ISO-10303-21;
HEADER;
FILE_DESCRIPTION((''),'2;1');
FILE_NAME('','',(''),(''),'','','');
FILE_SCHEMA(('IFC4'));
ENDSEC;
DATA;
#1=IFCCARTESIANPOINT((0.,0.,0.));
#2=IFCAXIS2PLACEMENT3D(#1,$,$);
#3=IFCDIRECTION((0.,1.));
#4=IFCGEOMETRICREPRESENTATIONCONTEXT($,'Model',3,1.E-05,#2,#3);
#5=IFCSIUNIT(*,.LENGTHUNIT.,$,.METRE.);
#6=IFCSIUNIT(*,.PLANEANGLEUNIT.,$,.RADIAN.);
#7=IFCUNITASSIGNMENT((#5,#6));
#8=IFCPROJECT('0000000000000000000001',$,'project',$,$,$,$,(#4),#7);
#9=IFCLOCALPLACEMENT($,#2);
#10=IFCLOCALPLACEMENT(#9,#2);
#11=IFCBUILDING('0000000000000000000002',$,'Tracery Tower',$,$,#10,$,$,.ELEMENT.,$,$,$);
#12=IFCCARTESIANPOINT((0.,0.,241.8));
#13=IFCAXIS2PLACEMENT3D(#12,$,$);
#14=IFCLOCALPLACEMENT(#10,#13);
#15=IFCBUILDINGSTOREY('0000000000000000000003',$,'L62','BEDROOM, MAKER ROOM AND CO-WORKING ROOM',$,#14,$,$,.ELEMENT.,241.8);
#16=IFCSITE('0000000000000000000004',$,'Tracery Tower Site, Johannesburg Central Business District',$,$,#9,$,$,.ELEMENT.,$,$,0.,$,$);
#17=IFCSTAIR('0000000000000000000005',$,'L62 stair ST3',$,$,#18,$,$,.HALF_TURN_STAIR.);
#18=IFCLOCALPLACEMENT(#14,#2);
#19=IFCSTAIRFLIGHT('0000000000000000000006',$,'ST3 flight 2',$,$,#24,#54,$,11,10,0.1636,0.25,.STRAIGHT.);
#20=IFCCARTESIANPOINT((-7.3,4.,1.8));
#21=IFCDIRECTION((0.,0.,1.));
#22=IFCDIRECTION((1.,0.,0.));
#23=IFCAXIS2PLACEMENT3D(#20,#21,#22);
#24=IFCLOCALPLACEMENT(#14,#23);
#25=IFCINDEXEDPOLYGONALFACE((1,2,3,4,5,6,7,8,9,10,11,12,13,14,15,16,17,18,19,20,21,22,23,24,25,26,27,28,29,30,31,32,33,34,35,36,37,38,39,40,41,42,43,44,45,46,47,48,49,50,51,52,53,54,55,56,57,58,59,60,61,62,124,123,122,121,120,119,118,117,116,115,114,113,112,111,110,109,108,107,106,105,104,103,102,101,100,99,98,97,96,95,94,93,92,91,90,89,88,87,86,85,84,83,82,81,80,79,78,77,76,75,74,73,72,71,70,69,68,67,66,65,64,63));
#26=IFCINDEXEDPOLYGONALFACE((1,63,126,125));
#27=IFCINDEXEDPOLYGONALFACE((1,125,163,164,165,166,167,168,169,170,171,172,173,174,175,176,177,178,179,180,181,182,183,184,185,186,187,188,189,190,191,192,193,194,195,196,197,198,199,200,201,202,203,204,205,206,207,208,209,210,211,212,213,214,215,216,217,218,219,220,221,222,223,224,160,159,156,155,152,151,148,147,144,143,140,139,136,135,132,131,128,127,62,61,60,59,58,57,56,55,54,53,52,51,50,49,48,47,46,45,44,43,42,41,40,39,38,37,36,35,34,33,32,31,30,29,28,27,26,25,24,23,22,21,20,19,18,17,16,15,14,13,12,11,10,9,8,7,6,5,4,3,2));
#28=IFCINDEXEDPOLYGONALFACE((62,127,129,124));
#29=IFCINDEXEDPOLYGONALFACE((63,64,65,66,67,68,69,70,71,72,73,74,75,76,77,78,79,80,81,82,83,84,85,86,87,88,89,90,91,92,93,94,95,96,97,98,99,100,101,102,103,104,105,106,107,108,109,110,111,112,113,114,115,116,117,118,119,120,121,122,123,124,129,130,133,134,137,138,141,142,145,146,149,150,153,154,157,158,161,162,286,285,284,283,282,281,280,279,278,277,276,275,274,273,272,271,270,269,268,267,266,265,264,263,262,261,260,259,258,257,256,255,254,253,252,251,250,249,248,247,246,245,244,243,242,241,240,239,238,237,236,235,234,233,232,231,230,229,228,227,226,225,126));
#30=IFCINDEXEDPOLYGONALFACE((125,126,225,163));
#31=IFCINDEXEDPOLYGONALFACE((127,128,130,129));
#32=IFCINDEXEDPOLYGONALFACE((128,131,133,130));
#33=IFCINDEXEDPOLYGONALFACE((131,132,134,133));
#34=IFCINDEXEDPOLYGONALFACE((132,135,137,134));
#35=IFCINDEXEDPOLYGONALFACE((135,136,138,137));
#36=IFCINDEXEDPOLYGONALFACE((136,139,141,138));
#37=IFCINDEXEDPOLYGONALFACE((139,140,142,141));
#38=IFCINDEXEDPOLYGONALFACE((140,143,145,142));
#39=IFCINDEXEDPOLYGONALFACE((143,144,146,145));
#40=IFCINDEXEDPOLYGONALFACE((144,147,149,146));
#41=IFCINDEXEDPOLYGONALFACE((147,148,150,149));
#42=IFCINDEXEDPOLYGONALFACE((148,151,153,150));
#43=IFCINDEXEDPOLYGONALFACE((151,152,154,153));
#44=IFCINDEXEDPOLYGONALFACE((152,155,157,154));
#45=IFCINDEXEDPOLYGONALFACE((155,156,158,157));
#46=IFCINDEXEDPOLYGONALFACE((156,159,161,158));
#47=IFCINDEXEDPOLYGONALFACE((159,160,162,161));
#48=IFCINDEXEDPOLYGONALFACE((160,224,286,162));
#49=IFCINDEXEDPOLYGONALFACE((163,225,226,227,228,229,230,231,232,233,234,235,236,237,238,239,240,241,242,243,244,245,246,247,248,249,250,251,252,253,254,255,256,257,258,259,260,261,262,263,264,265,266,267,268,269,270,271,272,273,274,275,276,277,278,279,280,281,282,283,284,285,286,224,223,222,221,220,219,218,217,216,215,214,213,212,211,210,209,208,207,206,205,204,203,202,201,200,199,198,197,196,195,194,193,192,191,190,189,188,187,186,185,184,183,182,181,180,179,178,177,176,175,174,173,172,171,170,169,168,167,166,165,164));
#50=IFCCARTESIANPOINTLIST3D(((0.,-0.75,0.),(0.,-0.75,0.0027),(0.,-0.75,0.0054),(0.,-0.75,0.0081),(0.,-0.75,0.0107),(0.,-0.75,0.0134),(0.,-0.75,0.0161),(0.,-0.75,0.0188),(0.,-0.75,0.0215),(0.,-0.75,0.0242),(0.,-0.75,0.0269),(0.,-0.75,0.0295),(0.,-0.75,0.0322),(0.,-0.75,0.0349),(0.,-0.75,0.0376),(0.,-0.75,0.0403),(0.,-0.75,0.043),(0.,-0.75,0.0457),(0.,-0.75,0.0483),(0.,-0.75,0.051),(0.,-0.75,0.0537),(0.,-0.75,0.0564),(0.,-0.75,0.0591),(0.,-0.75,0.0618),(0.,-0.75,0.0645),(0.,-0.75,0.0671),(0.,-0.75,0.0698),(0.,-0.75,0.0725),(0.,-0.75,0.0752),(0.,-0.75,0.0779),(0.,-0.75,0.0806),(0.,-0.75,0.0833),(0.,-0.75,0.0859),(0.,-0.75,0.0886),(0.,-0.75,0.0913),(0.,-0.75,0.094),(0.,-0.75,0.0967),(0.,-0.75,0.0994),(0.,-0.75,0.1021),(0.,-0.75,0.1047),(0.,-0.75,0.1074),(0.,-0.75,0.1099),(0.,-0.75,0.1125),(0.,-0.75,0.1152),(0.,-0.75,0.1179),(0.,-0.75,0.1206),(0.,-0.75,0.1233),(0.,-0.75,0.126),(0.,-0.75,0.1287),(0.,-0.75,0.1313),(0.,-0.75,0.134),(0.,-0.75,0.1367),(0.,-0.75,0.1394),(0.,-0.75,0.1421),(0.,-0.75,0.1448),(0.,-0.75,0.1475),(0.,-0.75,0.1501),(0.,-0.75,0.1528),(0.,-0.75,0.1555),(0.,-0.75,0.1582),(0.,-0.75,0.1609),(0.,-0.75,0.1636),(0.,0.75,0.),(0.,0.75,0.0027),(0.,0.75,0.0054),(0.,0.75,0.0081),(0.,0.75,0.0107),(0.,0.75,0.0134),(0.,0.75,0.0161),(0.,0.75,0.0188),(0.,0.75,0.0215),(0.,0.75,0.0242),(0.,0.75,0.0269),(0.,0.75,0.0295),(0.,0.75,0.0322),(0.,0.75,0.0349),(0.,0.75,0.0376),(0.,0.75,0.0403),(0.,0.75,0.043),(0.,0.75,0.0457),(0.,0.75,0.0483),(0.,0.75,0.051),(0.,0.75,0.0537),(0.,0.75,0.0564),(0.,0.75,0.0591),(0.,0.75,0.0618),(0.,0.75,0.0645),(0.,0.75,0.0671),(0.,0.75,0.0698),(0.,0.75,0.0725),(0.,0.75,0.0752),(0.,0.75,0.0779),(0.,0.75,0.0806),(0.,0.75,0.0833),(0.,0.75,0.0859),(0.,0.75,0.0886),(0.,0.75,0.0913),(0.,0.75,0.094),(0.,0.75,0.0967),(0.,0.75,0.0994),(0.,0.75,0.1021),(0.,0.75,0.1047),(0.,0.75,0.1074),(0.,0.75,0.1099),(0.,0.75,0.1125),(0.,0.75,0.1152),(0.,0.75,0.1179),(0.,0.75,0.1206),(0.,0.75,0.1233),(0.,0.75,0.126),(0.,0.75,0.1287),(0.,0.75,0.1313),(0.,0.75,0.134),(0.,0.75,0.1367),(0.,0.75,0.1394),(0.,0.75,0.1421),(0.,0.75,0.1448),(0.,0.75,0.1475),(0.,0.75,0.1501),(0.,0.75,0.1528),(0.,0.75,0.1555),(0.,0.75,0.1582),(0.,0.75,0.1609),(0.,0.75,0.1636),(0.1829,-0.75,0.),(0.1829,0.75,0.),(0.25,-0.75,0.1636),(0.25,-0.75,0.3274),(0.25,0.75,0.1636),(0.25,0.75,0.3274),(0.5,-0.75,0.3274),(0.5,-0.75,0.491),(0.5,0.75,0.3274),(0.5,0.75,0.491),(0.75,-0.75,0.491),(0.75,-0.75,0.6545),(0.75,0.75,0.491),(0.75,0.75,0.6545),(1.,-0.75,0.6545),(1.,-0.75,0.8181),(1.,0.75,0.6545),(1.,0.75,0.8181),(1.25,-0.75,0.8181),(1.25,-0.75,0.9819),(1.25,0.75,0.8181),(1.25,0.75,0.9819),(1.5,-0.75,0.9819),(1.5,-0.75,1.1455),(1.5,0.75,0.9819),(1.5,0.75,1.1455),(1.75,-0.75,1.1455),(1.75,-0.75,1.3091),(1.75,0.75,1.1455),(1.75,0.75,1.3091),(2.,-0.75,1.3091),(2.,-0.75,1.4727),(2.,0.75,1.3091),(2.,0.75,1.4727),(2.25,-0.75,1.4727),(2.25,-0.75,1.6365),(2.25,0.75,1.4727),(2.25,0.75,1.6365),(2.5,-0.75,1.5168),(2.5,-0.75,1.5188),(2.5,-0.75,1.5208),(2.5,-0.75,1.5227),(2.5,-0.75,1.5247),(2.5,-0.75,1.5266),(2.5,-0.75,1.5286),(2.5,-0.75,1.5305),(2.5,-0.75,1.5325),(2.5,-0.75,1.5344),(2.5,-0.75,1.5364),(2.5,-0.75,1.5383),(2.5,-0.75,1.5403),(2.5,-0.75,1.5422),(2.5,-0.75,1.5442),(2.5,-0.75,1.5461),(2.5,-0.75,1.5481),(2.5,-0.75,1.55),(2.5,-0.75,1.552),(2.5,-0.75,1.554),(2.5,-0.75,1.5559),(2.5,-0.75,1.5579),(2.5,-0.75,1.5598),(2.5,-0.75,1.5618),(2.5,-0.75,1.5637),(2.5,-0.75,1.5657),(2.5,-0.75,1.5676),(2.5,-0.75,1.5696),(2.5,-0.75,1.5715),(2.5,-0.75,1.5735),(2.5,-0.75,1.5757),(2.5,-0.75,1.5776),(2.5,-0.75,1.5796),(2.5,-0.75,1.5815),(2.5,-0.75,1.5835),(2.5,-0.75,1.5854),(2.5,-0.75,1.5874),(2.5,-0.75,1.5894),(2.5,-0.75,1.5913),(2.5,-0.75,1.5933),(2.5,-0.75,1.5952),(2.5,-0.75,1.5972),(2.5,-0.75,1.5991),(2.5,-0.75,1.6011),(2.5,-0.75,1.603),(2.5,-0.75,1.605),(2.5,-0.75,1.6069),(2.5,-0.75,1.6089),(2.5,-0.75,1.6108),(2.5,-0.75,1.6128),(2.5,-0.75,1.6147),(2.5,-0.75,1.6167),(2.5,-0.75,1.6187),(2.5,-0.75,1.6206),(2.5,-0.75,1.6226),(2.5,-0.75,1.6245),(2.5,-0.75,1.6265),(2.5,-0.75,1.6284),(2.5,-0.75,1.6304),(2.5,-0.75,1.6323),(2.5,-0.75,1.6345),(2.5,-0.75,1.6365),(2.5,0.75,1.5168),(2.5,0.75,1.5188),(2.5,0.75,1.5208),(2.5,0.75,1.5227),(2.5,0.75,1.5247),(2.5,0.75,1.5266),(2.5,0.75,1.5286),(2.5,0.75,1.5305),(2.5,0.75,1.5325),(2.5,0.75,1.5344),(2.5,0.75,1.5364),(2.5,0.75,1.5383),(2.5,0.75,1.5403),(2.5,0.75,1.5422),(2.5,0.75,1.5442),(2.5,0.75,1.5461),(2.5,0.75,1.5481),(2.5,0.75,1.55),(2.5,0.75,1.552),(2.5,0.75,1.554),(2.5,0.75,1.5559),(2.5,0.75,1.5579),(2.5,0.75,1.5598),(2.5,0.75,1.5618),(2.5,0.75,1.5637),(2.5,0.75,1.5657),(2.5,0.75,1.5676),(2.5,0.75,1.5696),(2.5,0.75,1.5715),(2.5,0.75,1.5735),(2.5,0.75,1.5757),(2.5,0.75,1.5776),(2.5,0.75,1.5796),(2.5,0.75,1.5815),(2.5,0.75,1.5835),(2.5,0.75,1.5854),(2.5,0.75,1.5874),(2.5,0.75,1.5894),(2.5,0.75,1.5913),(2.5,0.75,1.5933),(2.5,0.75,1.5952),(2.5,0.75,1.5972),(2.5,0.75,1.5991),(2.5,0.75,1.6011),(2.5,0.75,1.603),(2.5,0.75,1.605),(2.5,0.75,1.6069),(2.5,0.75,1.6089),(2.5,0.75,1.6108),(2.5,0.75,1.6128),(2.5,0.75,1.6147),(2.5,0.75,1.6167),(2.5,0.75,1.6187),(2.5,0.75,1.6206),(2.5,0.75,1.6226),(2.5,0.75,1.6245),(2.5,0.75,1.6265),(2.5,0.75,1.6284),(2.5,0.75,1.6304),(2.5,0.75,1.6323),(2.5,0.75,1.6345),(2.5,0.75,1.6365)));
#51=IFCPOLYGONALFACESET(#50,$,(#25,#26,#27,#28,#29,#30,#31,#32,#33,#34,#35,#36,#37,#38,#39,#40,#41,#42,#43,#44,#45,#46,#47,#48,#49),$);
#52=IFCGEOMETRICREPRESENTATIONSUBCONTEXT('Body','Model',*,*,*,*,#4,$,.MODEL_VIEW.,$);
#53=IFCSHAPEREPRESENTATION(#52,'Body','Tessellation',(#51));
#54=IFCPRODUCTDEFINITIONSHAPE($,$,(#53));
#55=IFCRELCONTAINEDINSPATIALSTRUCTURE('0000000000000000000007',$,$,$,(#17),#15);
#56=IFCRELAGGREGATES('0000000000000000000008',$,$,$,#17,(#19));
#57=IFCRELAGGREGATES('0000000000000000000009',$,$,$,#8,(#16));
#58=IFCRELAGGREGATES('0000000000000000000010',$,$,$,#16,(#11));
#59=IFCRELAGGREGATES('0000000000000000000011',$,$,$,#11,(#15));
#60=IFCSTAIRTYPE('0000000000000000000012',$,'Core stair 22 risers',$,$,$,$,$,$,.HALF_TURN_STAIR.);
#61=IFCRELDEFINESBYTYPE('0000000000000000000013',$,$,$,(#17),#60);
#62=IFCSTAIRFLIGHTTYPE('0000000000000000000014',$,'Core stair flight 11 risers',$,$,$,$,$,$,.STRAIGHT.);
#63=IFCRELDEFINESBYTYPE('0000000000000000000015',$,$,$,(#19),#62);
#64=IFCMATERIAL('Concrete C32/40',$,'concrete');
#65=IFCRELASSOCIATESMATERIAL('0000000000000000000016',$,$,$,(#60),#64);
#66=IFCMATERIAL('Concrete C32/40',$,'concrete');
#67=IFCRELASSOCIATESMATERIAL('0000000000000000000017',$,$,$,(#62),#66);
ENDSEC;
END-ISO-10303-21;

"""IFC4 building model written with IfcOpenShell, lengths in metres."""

from ifc_helpers import new_model, si_unit, direction, frame, origin, place, context, subcontext, project, spatial, polyline, outline, extrude, material, type_object, element, aggregate, save


model = new_model("IFC4")

# Units and contexts
model_context = context("Model", 3, precision=1e-05, world=origin(), true_north=direction((0.0, 1.0)))
body_context = subcontext(model_context, "Body", "Model", "MODEL_VIEW")
ifc_project = project(units=[si_unit("LENGTHUNIT", "METRE"), si_unit("PLANEANGLEUNIT", "RADIAN")], contexts=[model_context])

# Site, building, storey
site_placement = place(None, origin())
site = spatial("IfcSite", under=ifc_project, at=site_placement, Name="Tracery Tower Site, Johannesburg Central Business District", CompositionType="ELEMENT", RefElevation=0.0)
building_placement = place(site_placement, origin())
building = spatial("IfcBuilding", under=site, at=building_placement, Name="Tracery Tower", CompositionType="ELEMENT")
storey_placement = place(building_placement, frame((0.0, 0.0, 241.8)))
storey = spatial("IfcBuildingStorey", under=building, at=storey_placement, Name="L62", Description="BEDROOM, MAKER ROOM AND CO-WORKING ROOM", CompositionType="ELEMENT", Elevation=241.8)

# Stair, stair flight
ifc_material_1 = material(Name="Concrete C32/40", Category="concrete")
stair_type = type_object("IfcStairType", Name="Core stair 22 risers", PredefinedType="HALF_TURN_STAIR", material=ifc_material_1)
stair_placement = place(storey_placement, origin())
stair = element("IfcStair", 1, at=stair_placement, inside=storey, type_object=stair_type, Name="L62 stair ST3", PredefinedType="HALF_TURN_STAIR")
ifc_material_2 = material(Name="Concrete C32/40", Category="concrete")
stair_flight_type = type_object("IfcStairFlightType", Name="Core stair flight 11 risers", PredefinedType="STRAIGHT", material=ifc_material_2)
stair_flight_1_placement = place(storey_placement, frame((-7.3, 4.0, 1.8), z_axis=(0.0, 0.0, 1.0), x_axis=(1.0, 0.0, 0.0)))
stair_flight_1 = element("IfcStairFlight", 2, at=stair_flight_1_placement, type_object=stair_flight_type, Name="ST3 flight 2", NumberOfRisers=11, NumberOfTreads=10, PredefinedType="STRAIGHT", RiserHeight=0.1636, TreadLength=0.25, context=body_context, shape_type="SweptSolid", body=[
    extrude(outline(polyline([(0.0, 0.0), (0.0, 0.0027), (0.0, 0.0054), (0.0, 0.0081), (0.0, 0.0107), (0.0, 0.0134), (0.0, 0.0161), (0.0, 0.0188), (0.0, 0.0215), (0.0, 0.0242), (0.0, 0.0269), (0.0, 0.0295), (0.0, 0.0322), (0.0, 0.0349), (0.0, 0.0376), (0.0, 0.0403), (0.0, 0.043), (0.0, 0.0457), (0.0, 0.0483), (0.0, 0.051), (0.0, 0.0537), (0.0, 0.0564), (0.0, 0.0591), (0.0, 0.0618), (0.0, 0.0645), (0.0, 0.0671), (0.0, 0.0698), (0.0, 0.0725), (0.0, 0.0752), (0.0, 0.0779), (0.0, 0.0806), (0.0, 0.0833), (0.0, 0.0859), (0.0, 0.0886), (0.0, 0.0913), (0.0, 0.094), (0.0, 0.0967), (0.0, 0.0994), (0.0, 0.1021), (0.0, 0.1047), (0.0, 0.1074), (0.0, 0.1099), (0.0, 0.1125), (0.0, 0.1152), (0.0, 0.1179), (0.0, 0.1206), (0.0, 0.1233), (0.0, 0.126), (0.0, 0.1287), (0.0, 0.1313), (0.0, 0.134), (0.0, 0.1367), (0.0, 0.1394), (0.0, 0.1421), (0.0, 0.1448), (0.0, 0.1475), (0.0, 0.1501), (0.0, 0.1528), (0.0, 0.1555), (0.0, 0.1582), (0.0, 0.1609), (0.0, 0.1636), (0.25, 0.1636), (0.25, 0.3274), (0.5, 0.3274), (0.5, 0.491), (0.75, 0.491), (0.75, 0.6545), (1.0, 0.6545), (1.0, 0.8181), (1.25, 0.8181), (1.25, 0.9819), (1.5, 0.9819), (1.5, 1.1455), (1.75, 1.1455), (1.75, 1.3091), (2.0, 1.3091), (2.0, 1.4727), (2.25, 1.4727), (2.25, 1.6365), (2.5, 1.6365), (2.5, 1.6345), (2.5, 1.6323), (2.5, 1.6304), (2.5, 1.6284), (2.5, 1.6265), (2.5, 1.6245), (2.5, 1.6226), (2.5, 1.6206), (2.5, 1.6187), (2.5, 1.6167), (2.5, 1.6147), (2.5, 1.6128), (2.5, 1.6108), (2.5, 1.6089), (2.5, 1.6069), (2.5, 1.605), (2.5, 1.603), (2.5, 1.6011), (2.5, 1.5991), (2.5, 1.5972), (2.5, 1.5952), (2.5, 1.5933), (2.5, 1.5913), (2.5, 1.5894), (2.5, 1.5874), (2.5, 1.5854), (2.5, 1.5835), (2.5, 1.5815), (2.5, 1.5796), (2.5, 1.5776), (2.5, 1.5757), (2.5, 1.5735), (2.5, 1.5715), (2.5, 1.5696), (2.5, 1.5676), (2.5, 1.5657), (2.5, 1.5637), (2.5, 1.5618), (2.5, 1.5598), (2.5, 1.5579), (2.5, 1.5559), (2.5, 1.554), (2.5, 1.552), (2.5, 1.55), (2.5, 1.5481), (2.5, 1.5461), (2.5, 1.5442), (2.5, 1.5422), (2.5, 1.5403), (2.5, 1.5383), (2.5, 1.5364), (2.5, 1.5344), (2.5, 1.5325), (2.5, 1.5305), (2.5, 1.5286), (2.5, 1.5266), (2.5, 1.5247), (2.5, 1.5227), (2.5, 1.5208), (2.5, 1.5188), (2.5, 1.5168), (0.1829, 0.0), (0.0, 0.0)])), frame((0.0, 0.75, 0.0), z_axis=(0.0, -1.0, 0.0), x_axis=(1.0, 0.0, 0.0)), (0.0, 0.0, 1.0), 1.5),
])
aggregate(stair, [stair_flight_1])

save(model, "model.ifc")
